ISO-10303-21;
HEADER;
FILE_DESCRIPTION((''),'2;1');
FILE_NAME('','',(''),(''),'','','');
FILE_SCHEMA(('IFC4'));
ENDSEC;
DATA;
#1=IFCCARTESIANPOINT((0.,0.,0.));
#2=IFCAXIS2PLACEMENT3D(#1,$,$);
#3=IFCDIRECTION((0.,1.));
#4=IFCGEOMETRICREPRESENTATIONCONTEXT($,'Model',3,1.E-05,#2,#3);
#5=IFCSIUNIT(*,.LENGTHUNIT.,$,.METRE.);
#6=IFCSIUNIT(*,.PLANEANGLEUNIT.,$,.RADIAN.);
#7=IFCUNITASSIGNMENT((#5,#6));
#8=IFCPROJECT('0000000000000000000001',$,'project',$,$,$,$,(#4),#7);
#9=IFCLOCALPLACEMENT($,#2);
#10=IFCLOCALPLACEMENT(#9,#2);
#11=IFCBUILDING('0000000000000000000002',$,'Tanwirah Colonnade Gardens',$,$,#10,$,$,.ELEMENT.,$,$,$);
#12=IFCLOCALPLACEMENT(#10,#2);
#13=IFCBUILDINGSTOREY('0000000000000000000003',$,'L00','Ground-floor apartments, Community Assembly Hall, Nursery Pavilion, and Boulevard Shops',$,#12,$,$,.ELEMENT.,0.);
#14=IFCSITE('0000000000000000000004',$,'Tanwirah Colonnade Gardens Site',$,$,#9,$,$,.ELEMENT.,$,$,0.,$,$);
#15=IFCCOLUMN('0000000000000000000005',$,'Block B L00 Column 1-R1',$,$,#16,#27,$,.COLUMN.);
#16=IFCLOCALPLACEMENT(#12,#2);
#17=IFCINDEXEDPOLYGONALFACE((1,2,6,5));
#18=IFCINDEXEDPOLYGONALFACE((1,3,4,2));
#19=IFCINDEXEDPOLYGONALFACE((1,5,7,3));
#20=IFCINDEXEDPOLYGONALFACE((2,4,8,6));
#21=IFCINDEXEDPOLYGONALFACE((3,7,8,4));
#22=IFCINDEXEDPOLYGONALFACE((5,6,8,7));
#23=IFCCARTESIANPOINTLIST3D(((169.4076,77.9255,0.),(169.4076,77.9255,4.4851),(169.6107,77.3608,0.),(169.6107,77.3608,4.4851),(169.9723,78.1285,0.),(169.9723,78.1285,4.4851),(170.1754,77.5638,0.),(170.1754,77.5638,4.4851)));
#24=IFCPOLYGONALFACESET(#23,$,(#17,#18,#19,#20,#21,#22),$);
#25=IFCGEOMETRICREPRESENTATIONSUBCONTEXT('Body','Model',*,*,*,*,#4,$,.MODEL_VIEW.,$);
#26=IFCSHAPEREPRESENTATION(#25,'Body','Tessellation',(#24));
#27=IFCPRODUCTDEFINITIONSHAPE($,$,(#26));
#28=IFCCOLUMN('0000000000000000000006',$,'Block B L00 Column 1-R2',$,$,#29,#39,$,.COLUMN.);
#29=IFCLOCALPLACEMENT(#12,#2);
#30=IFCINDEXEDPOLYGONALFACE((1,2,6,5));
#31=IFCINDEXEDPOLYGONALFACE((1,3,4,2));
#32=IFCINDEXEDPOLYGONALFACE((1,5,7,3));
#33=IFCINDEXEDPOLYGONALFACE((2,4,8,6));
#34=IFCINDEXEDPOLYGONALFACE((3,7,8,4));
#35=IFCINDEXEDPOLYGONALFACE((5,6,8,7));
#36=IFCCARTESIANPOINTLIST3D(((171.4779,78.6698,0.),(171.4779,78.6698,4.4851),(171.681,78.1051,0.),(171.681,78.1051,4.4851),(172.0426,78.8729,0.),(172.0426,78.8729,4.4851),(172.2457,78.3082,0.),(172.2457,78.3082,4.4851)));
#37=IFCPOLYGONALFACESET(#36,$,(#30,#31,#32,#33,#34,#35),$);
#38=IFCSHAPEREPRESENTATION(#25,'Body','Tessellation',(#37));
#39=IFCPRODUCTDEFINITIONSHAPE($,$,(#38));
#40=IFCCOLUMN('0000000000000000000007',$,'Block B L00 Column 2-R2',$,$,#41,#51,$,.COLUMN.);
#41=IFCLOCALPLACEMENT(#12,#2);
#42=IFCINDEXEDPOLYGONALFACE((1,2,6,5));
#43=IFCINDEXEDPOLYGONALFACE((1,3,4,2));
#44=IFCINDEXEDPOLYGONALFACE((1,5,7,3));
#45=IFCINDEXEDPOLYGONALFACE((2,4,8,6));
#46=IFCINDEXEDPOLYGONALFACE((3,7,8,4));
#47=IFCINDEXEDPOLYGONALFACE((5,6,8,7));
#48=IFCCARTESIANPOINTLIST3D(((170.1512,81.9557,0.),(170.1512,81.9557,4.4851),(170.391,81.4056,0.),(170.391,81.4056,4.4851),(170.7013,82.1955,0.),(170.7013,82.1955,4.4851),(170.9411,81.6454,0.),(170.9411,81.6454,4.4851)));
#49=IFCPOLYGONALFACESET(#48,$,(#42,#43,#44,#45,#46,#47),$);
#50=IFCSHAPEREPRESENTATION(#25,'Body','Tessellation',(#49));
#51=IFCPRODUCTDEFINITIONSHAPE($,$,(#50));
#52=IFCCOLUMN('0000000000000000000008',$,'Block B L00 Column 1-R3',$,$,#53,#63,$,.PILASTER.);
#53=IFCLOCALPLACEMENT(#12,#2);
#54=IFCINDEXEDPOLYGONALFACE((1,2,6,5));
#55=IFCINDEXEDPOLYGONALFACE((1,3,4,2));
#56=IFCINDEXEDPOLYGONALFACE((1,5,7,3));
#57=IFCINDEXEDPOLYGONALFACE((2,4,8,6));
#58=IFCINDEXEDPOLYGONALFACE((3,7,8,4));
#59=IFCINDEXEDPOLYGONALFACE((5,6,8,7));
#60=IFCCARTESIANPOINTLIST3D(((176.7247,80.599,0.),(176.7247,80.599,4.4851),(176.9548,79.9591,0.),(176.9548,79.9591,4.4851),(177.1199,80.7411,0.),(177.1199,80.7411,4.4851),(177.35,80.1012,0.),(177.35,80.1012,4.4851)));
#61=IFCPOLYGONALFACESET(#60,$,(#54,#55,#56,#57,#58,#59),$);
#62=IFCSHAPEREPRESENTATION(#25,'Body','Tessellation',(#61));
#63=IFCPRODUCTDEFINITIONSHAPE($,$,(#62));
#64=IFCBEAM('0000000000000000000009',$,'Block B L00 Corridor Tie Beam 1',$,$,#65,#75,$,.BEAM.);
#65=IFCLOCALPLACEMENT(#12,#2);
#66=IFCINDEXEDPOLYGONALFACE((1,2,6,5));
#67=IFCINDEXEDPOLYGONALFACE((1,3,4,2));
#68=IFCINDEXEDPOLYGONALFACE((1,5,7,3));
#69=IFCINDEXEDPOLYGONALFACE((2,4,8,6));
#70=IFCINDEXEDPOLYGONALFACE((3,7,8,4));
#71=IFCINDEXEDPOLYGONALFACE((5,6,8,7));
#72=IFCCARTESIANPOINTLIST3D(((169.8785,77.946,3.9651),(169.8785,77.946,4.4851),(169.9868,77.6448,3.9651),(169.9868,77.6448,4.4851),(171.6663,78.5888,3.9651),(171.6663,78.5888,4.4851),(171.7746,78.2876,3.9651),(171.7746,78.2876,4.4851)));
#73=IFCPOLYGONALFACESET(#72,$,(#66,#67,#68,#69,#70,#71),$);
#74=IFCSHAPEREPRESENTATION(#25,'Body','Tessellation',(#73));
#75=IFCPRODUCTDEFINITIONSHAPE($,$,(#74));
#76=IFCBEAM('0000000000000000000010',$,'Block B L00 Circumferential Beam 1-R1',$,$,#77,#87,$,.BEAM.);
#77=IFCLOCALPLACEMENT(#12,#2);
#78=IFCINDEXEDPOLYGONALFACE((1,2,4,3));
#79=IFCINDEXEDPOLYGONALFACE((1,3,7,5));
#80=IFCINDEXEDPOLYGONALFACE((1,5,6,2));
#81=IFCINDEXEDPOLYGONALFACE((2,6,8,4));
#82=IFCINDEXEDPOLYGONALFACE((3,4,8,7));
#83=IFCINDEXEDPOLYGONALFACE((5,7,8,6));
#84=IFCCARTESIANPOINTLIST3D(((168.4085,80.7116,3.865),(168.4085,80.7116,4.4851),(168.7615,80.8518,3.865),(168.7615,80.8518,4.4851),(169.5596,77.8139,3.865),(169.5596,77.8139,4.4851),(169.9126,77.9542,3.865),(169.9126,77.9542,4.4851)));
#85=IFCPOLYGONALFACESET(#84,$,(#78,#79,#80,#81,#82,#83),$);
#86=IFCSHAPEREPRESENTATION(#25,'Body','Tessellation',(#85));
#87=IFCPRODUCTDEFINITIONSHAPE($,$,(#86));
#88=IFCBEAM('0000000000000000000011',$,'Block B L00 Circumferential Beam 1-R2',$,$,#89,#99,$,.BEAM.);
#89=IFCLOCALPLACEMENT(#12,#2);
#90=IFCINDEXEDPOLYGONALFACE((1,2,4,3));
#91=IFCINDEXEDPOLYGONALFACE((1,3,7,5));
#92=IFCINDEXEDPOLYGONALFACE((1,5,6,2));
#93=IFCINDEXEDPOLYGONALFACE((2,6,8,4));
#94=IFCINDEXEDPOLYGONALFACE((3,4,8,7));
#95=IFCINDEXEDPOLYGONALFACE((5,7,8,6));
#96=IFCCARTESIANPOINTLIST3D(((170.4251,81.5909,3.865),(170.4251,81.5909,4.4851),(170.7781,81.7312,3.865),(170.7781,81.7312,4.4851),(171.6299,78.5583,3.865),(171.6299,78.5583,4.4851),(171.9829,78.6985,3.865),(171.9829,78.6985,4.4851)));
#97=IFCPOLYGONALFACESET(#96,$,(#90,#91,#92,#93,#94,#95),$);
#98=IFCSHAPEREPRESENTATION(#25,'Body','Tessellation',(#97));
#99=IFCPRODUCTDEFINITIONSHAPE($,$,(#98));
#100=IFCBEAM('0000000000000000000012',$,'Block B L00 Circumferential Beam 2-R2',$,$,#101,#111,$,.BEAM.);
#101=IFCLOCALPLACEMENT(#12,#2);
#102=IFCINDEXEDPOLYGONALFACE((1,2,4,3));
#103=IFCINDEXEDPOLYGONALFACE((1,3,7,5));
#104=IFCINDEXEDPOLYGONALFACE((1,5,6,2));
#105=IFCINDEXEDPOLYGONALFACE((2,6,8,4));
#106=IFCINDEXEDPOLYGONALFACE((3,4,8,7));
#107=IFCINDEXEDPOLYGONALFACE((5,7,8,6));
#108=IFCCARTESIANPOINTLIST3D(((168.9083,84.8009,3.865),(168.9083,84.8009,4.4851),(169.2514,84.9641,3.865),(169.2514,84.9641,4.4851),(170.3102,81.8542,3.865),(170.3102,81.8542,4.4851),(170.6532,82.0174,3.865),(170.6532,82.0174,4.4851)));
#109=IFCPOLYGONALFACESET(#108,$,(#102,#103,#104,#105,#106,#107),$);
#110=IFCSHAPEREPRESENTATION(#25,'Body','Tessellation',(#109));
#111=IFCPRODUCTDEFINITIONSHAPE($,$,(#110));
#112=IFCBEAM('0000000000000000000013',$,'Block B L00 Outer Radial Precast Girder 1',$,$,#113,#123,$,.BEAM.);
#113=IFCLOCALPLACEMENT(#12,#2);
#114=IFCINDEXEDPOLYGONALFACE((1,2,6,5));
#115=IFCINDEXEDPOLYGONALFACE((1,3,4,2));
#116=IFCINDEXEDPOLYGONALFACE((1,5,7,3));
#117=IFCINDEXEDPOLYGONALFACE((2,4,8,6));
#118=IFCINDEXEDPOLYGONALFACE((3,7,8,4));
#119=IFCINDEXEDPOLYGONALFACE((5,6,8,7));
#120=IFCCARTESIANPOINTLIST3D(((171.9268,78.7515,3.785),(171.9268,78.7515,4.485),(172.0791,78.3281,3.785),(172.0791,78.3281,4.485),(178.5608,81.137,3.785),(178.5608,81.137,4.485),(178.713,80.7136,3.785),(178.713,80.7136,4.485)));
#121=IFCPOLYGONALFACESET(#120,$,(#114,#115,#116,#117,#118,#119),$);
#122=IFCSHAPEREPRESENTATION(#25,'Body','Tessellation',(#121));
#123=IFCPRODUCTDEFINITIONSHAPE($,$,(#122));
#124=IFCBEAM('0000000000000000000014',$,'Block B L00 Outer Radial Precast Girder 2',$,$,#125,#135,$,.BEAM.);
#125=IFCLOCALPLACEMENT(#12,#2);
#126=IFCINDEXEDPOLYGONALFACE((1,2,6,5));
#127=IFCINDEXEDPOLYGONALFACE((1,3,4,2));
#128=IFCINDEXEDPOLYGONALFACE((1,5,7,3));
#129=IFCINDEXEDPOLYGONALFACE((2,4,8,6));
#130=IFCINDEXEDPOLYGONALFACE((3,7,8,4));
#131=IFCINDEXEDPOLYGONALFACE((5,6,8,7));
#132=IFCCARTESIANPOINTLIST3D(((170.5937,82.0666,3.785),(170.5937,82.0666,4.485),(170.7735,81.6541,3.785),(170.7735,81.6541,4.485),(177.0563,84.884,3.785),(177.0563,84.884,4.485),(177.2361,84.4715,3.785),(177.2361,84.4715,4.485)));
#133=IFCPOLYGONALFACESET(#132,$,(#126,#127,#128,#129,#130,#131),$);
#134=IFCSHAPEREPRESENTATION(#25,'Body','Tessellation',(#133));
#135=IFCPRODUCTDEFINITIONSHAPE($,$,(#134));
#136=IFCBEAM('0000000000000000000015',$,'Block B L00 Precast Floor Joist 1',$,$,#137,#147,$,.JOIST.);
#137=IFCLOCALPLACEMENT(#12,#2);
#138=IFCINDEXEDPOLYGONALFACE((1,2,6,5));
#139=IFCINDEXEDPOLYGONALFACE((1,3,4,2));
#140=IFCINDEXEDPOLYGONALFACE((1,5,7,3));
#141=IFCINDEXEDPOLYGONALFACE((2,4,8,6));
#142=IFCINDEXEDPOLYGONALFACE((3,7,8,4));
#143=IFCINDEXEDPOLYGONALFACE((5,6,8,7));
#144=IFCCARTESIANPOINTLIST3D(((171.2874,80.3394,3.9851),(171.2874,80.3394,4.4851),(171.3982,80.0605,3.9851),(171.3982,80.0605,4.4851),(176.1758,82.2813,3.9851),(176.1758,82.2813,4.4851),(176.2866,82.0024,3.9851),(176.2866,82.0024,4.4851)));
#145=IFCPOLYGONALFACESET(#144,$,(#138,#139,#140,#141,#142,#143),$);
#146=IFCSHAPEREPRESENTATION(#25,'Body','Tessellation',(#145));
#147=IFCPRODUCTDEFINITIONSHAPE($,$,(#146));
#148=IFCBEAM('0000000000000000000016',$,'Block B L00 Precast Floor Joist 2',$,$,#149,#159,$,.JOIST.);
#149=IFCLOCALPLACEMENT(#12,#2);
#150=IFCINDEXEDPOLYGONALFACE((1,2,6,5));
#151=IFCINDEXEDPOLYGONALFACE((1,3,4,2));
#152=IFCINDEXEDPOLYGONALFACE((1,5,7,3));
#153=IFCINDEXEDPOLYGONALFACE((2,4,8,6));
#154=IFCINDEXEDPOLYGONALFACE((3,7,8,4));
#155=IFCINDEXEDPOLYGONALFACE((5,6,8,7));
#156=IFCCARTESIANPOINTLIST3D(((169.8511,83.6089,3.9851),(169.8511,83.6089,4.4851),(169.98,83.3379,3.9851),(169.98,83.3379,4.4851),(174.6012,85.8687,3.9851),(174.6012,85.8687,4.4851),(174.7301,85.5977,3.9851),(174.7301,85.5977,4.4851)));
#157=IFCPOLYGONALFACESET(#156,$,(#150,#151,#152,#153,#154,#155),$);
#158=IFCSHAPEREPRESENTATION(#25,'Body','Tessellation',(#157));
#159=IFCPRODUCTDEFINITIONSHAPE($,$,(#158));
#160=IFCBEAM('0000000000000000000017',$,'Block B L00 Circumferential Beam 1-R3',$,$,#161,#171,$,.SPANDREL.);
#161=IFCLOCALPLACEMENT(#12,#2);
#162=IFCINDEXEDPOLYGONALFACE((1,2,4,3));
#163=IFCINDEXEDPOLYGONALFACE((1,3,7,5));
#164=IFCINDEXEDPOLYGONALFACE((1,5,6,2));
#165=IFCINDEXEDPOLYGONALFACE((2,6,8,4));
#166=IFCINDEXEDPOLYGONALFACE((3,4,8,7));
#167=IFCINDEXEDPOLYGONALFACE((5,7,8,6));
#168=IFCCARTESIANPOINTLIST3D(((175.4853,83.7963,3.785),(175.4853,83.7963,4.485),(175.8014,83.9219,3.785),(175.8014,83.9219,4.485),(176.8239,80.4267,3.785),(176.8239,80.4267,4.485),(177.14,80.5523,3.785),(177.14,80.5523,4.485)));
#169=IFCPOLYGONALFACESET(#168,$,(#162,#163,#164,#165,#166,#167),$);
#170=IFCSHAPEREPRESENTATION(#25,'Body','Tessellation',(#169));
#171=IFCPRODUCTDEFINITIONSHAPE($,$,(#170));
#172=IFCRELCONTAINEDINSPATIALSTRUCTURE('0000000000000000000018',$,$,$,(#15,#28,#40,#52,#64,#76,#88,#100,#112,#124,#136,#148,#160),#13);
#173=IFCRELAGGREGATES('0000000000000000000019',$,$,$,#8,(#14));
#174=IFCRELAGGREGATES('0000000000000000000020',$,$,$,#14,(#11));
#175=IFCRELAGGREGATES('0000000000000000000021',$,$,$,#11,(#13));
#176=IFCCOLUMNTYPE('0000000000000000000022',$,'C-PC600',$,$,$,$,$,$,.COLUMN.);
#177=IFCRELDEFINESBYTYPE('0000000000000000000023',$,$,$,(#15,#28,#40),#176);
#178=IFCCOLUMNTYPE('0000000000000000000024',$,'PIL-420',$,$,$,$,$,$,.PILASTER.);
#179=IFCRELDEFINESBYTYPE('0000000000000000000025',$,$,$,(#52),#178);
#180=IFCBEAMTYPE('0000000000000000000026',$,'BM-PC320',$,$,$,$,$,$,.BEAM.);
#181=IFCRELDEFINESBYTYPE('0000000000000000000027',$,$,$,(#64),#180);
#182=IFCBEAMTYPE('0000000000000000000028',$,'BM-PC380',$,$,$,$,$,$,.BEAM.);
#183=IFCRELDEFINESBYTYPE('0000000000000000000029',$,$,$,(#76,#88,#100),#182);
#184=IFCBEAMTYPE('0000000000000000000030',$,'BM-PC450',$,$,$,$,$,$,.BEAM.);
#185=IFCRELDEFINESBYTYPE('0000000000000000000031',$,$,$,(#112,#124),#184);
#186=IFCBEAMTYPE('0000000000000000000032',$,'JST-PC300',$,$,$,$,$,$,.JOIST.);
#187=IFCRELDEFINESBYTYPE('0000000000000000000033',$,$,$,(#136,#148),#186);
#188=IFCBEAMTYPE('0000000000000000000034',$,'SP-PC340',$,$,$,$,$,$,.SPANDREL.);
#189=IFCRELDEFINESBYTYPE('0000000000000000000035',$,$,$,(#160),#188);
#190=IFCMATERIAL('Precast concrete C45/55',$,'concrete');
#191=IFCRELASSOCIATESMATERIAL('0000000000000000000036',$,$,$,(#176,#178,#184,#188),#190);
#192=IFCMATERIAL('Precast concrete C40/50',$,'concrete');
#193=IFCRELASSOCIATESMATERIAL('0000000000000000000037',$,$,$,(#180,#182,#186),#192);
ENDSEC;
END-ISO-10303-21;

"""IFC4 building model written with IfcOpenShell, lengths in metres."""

from ifc_helpers import new_model, si_unit, direction, frame, origin, origin_2d, place, context, subcontext, project, spatial, rectangle, extrude, material, material_profile, profile_set, type_object, element, save


model = new_model("IFC4")

# Units and contexts
model_context = context("Model", 3, precision=1e-05, world=origin(), true_north=direction((0.0, 1.0)))
body_context = subcontext(model_context, "Body", "Model", "MODEL_VIEW")
ifc_project = project(units=[si_unit("LENGTHUNIT", "METRE"), si_unit("PLANEANGLEUNIT", "RADIAN")], contexts=[model_context])

# Site, building, storey
site_placement = place(None, origin())
site = spatial("IfcSite", under=ifc_project, at=site_placement, Name="Tanwirah Colonnade Gardens Site", CompositionType="ELEMENT", RefElevation=0.0)
building_placement = place(site_placement, origin())
building = spatial("IfcBuilding", under=site, at=building_placement, Name="Tanwirah Colonnade Gardens", CompositionType="ELEMENT")
storey_placement = place(building_placement, origin())
storey = spatial("IfcBuildingStorey", under=building, at=storey_placement, Name="L00", Description="Ground-floor apartments, Community Assembly Hall, Nursery Pavilion, and Boulevard Shops", CompositionType="ELEMENT", Elevation=0.0)

# Columns
ifc_material_1 = material(Name="Precast concrete C45/55", Category="concrete")
ifc_material_profile_1 = material_profile(ifc_material_1, rectangle(XDim=0.6001, YDim=0.6001, at=origin_2d()), Name="PC-COL 600x600")
ifc_profile_set_1 = profile_set([ifc_material_profile_1], Name="Precast concrete C45/55")
column_type_1 = type_object("IfcColumnType", Name="C-PC600", PredefinedType="COLUMN", material=ifc_profile_set_1)
for number, where, z_axis, x_axis, name in (
    (1, (169.7915, 77.7446, 0.0), (0.0, 0.0, 1.0), (0.941012, 0.338373, 0.0), "Block B L00 Column 1-R1"),
    (2, (171.8618, 78.489, 0.0), (0.0, 0.0, 1.0), (0.941012, 0.338373, 0.0), "Block B L00 Column 1-R2"),
    (3, (170.5461, 81.8005, 0.0), (0.0, 0.0, 1.0), (0.916673, 0.399638, 0.0), "Block B L00 Column 2-R2"),
):
    element("IfcColumn", number, at=place(storey_placement, frame(where, z_axis=z_axis, x_axis=x_axis)), inside=storey, type_object=column_type_1, Name=name, PredefinedType="COLUMN", context=body_context, shape_type="SweptSolid", body=[
        extrude(rectangle(XDim=0.6001, YDim=0.6001, at=origin_2d()), origin(), (0.0, 0.0, 1.0), 4.4851),
    ])
ifc_material_profile_2 = material_profile(ifc_material_1, rectangle(XDim=0.4199, YDim=0.6799, at=origin_2d()), Name="PC-PIL 420x680")
ifc_profile_set_2 = profile_set([ifc_material_profile_2], Name="Precast concrete C45/55")
column_type_2 = type_object("IfcColumnType", Name="PIL-420", PredefinedType="PILASTER", material=ifc_profile_set_2)
column_placement = place(storey_placement, frame((177.0374, 80.3501, 0.0), z_axis=(0.0, 0.0, 1.0), x_axis=(0.941012, 0.338373, 0.0)))
element("IfcColumn", 4, at=column_placement, inside=storey, type_object=column_type_2, Name="Block B L00 Column 1-R3", PredefinedType="PILASTER", context=body_context, shape_type="SweptSolid", body=[
    extrude(rectangle(XDim=0.4199, YDim=0.6799, at=origin_2d()), origin(), (0.0, 0.0, 1.0), 4.4851),
])

# Beams
ifc_material_2 = material(Name="Precast concrete C40/50", Category="concrete")
ifc_material_profile_3 = material_profile(ifc_material_2, rectangle(XDim=0.3201, YDim=0.52, at=origin_2d()), Name="PC-BM 320x520")
ifc_profile_set_3 = profile_set([ifc_material_profile_3], Name="Precast concrete C40/50")
beam_type_1 = type_object("IfcBeamType", Name="BM-PC320", PredefinedType="BEAM", material=ifc_profile_set_3)
beam_1_placement = place(storey_placement, frame((169.9326, 77.7954, 4.2251), z_axis=(0.941022, 0.338346, 0.0), x_axis=(-0.338346, 0.941022, 0.0)))
element("IfcBeam", 5, at=beam_1_placement, inside=storey, type_object=beam_type_1, Name="Block B L00 Corridor Tie Beam 1", PredefinedType="BEAM", context=body_context, shape_type="SweptSolid", body=[
    extrude(rectangle(XDim=0.3201, YDim=0.52, at=origin_2d()), origin(), (0.0, 0.0, 1.0), 1.8999),
])
ifc_material_profile_4 = material_profile(ifc_material_2, rectangle(XDim=0.3799, YDim=0.6201, at=origin_2d()), Name="PC-BM 380x620")
ifc_profile_set_4 = profile_set([ifc_material_profile_4], Name="Precast concrete C40/50")
beam_type_2 = type_object("IfcBeamType", Name="BM-PC380", PredefinedType="BEAM", material=ifc_profile_set_4)
beam_2_placement = place(storey_placement, frame((169.7361, 77.884, 4.175), z_axis=(-0.369189, 0.929354, 0.0), x_axis=(-0.929354, -0.369189, 0.0)))
element("IfcBeam", 6, at=beam_2_placement, inside=storey, type_object=beam_type_2, Name="Block B L00 Circumferential Beam 1-R1", PredefinedType="BEAM", context=body_context, shape_type="SweptSolid", body=[
    extrude(rectangle(XDim=0.3799, YDim=0.6201, at=origin_2d()), origin(), (0.0, 0.0, 1.0), 3.1179),
])
for number, where, z_axis, x_axis, name in (
    (7, (171.8064, 78.6284, 4.175), (-0.36921, 0.929346, 0.0), (-0.929346, -0.36921, 0.0), "Block B L00 Circumferential Beam 1-R2"),
    (8, (170.4817, 81.9358, 4.175), (-0.429591, 0.903024, 0.0), (-0.903024, -0.429591, 0.0), "Block B L00 Circumferential Beam 2-R2"),
):
    element("IfcBeam", number, at=place(storey_placement, frame(where, z_axis=z_axis, x_axis=x_axis)), inside=storey, type_object=beam_type_2, Name=name, PredefinedType="BEAM", context=body_context, shape_type="SweptSolid", body=[
        extrude(rectangle(XDim=0.3799, YDim=0.6201, at=origin_2d()), origin(), (0.0, 0.0, 1.0), 3.2632),
    ])
ifc_material_profile_5 = material_profile(ifc_material_1, rectangle(XDim=0.45, YDim=0.7, at=origin_2d()), Name="PC-BM 450x700")
ifc_profile_set_5 = profile_set([ifc_material_profile_5], Name="Precast concrete C45/55")
beam_type_3 = type_object("IfcBeamType", Name="BM-PC450", PredefinedType="BEAM", material=ifc_profile_set_5)
beam_3_placement = place(storey_placement, frame((172.0029, 78.5398, 4.135), z_axis=(0.941012, 0.338374, 0.0), x_axis=(-0.338374, 0.941012, 0.0)))
element("IfcBeam", 9, at=beam_3_placement, inside=storey, type_object=beam_type_3, Name="Block B L00 Outer Radial Precast Girder 1", PredefinedType="BEAM", context=body_context, shape_type="SweptSolid", body=[
    extrude(rectangle(XDim=0.45, YDim=0.7, at=origin_2d()), origin(), (0.0, 0.0, 1.0), 7.0498),
])
beam_4_placement = place(storey_placement, frame((170.6836, 81.8604, 4.135), z_axis=(0.916679, 0.399625, 0.0), x_axis=(-0.399625, 0.916679, 0.0)))
element("IfcBeam", 10, at=beam_4_placement, inside=storey, type_object=beam_type_3, Name="Block B L00 Outer Radial Precast Girder 2", PredefinedType="BEAM", context=body_context, shape_type="SweptSolid", body=[
    extrude(rectangle(XDim=0.45, YDim=0.7, at=origin_2d()), origin(), (0.0, 0.0, 1.0), 7.05),
])
ifc_material_profile_6 = material_profile(ifc_material_2, rectangle(XDim=0.3, YDim=0.5, at=origin_2d()), Name="PC-JST 300x500")
ifc_profile_set_6 = profile_set([ifc_material_profile_6], Name="Precast concrete C40/50")
beam_type_4 = type_object("IfcBeamType", Name="JST-PC300", PredefinedType="JOIST", material=ifc_profile_set_6)
beam_5_placement = place(storey_placement, frame((171.3428, 80.2, 4.2351), z_axis=(0.929358, 0.369181, 0.0), x_axis=(-0.369181, 0.929358, 0.0)))
element("IfcBeam", 11, at=beam_5_placement, inside=storey, type_object=beam_type_4, Name="Block B L00 Precast Floor Joist 1", PredefinedType="JOIST", context=body_context, shape_type="SweptSolid", body=[
    extrude(rectangle(XDim=0.3, YDim=0.5, at=origin_2d()), origin(), (0.0, 0.0, 1.0), 5.26),
])
beam_6_placement = place(storey_placement, frame((169.9155, 83.4734, 4.2351), z_axis=(0.903018, 0.429602, 0.0), x_axis=(-0.429602, 0.903018, 0.0)))
element("IfcBeam", 12, at=beam_6_placement, inside=storey, type_object=beam_type_4, Name="Block B L00 Precast Floor Joist 2", PredefinedType="JOIST", context=body_context, shape_type="SweptSolid", body=[
    extrude(rectangle(XDim=0.3, YDim=0.5, at=origin_2d()), origin(), (0.0, 0.0, 1.0), 5.2603),
])
ifc_material_profile_7 = material_profile(ifc_material_1, rectangle(XDim=0.3401, YDim=0.7, at=origin_2d()), Name="PC-SP 340x700")
ifc_profile_set_7 = profile_set([ifc_material_profile_7], Name="Precast concrete C45/55")
beam_type_5 = type_object("IfcBeamType", Name="SP-PC340", PredefinedType="SPANDREL", material=ifc_profile_set_7)
beam_7_placement = place(storey_placement, frame((176.9819, 80.4895, 4.135), z_axis=(-0.369195, 0.929352, 0.0), x_axis=(-0.929352, -0.369195, 0.0)))
element("IfcBeam", 13, at=beam_7_placement, inside=storey, type_object=beam_type_5, Name="Block B L00 Circumferential Beam 1-R3", PredefinedType="SPANDREL", context=body_context, shape_type="SweptSolid", body=[
    extrude(rectangle(XDim=0.3401, YDim=0.7, at=origin_2d()), origin(), (0.0, 0.0, 1.0), 3.6257),
])

save(model, "model.ifc")
